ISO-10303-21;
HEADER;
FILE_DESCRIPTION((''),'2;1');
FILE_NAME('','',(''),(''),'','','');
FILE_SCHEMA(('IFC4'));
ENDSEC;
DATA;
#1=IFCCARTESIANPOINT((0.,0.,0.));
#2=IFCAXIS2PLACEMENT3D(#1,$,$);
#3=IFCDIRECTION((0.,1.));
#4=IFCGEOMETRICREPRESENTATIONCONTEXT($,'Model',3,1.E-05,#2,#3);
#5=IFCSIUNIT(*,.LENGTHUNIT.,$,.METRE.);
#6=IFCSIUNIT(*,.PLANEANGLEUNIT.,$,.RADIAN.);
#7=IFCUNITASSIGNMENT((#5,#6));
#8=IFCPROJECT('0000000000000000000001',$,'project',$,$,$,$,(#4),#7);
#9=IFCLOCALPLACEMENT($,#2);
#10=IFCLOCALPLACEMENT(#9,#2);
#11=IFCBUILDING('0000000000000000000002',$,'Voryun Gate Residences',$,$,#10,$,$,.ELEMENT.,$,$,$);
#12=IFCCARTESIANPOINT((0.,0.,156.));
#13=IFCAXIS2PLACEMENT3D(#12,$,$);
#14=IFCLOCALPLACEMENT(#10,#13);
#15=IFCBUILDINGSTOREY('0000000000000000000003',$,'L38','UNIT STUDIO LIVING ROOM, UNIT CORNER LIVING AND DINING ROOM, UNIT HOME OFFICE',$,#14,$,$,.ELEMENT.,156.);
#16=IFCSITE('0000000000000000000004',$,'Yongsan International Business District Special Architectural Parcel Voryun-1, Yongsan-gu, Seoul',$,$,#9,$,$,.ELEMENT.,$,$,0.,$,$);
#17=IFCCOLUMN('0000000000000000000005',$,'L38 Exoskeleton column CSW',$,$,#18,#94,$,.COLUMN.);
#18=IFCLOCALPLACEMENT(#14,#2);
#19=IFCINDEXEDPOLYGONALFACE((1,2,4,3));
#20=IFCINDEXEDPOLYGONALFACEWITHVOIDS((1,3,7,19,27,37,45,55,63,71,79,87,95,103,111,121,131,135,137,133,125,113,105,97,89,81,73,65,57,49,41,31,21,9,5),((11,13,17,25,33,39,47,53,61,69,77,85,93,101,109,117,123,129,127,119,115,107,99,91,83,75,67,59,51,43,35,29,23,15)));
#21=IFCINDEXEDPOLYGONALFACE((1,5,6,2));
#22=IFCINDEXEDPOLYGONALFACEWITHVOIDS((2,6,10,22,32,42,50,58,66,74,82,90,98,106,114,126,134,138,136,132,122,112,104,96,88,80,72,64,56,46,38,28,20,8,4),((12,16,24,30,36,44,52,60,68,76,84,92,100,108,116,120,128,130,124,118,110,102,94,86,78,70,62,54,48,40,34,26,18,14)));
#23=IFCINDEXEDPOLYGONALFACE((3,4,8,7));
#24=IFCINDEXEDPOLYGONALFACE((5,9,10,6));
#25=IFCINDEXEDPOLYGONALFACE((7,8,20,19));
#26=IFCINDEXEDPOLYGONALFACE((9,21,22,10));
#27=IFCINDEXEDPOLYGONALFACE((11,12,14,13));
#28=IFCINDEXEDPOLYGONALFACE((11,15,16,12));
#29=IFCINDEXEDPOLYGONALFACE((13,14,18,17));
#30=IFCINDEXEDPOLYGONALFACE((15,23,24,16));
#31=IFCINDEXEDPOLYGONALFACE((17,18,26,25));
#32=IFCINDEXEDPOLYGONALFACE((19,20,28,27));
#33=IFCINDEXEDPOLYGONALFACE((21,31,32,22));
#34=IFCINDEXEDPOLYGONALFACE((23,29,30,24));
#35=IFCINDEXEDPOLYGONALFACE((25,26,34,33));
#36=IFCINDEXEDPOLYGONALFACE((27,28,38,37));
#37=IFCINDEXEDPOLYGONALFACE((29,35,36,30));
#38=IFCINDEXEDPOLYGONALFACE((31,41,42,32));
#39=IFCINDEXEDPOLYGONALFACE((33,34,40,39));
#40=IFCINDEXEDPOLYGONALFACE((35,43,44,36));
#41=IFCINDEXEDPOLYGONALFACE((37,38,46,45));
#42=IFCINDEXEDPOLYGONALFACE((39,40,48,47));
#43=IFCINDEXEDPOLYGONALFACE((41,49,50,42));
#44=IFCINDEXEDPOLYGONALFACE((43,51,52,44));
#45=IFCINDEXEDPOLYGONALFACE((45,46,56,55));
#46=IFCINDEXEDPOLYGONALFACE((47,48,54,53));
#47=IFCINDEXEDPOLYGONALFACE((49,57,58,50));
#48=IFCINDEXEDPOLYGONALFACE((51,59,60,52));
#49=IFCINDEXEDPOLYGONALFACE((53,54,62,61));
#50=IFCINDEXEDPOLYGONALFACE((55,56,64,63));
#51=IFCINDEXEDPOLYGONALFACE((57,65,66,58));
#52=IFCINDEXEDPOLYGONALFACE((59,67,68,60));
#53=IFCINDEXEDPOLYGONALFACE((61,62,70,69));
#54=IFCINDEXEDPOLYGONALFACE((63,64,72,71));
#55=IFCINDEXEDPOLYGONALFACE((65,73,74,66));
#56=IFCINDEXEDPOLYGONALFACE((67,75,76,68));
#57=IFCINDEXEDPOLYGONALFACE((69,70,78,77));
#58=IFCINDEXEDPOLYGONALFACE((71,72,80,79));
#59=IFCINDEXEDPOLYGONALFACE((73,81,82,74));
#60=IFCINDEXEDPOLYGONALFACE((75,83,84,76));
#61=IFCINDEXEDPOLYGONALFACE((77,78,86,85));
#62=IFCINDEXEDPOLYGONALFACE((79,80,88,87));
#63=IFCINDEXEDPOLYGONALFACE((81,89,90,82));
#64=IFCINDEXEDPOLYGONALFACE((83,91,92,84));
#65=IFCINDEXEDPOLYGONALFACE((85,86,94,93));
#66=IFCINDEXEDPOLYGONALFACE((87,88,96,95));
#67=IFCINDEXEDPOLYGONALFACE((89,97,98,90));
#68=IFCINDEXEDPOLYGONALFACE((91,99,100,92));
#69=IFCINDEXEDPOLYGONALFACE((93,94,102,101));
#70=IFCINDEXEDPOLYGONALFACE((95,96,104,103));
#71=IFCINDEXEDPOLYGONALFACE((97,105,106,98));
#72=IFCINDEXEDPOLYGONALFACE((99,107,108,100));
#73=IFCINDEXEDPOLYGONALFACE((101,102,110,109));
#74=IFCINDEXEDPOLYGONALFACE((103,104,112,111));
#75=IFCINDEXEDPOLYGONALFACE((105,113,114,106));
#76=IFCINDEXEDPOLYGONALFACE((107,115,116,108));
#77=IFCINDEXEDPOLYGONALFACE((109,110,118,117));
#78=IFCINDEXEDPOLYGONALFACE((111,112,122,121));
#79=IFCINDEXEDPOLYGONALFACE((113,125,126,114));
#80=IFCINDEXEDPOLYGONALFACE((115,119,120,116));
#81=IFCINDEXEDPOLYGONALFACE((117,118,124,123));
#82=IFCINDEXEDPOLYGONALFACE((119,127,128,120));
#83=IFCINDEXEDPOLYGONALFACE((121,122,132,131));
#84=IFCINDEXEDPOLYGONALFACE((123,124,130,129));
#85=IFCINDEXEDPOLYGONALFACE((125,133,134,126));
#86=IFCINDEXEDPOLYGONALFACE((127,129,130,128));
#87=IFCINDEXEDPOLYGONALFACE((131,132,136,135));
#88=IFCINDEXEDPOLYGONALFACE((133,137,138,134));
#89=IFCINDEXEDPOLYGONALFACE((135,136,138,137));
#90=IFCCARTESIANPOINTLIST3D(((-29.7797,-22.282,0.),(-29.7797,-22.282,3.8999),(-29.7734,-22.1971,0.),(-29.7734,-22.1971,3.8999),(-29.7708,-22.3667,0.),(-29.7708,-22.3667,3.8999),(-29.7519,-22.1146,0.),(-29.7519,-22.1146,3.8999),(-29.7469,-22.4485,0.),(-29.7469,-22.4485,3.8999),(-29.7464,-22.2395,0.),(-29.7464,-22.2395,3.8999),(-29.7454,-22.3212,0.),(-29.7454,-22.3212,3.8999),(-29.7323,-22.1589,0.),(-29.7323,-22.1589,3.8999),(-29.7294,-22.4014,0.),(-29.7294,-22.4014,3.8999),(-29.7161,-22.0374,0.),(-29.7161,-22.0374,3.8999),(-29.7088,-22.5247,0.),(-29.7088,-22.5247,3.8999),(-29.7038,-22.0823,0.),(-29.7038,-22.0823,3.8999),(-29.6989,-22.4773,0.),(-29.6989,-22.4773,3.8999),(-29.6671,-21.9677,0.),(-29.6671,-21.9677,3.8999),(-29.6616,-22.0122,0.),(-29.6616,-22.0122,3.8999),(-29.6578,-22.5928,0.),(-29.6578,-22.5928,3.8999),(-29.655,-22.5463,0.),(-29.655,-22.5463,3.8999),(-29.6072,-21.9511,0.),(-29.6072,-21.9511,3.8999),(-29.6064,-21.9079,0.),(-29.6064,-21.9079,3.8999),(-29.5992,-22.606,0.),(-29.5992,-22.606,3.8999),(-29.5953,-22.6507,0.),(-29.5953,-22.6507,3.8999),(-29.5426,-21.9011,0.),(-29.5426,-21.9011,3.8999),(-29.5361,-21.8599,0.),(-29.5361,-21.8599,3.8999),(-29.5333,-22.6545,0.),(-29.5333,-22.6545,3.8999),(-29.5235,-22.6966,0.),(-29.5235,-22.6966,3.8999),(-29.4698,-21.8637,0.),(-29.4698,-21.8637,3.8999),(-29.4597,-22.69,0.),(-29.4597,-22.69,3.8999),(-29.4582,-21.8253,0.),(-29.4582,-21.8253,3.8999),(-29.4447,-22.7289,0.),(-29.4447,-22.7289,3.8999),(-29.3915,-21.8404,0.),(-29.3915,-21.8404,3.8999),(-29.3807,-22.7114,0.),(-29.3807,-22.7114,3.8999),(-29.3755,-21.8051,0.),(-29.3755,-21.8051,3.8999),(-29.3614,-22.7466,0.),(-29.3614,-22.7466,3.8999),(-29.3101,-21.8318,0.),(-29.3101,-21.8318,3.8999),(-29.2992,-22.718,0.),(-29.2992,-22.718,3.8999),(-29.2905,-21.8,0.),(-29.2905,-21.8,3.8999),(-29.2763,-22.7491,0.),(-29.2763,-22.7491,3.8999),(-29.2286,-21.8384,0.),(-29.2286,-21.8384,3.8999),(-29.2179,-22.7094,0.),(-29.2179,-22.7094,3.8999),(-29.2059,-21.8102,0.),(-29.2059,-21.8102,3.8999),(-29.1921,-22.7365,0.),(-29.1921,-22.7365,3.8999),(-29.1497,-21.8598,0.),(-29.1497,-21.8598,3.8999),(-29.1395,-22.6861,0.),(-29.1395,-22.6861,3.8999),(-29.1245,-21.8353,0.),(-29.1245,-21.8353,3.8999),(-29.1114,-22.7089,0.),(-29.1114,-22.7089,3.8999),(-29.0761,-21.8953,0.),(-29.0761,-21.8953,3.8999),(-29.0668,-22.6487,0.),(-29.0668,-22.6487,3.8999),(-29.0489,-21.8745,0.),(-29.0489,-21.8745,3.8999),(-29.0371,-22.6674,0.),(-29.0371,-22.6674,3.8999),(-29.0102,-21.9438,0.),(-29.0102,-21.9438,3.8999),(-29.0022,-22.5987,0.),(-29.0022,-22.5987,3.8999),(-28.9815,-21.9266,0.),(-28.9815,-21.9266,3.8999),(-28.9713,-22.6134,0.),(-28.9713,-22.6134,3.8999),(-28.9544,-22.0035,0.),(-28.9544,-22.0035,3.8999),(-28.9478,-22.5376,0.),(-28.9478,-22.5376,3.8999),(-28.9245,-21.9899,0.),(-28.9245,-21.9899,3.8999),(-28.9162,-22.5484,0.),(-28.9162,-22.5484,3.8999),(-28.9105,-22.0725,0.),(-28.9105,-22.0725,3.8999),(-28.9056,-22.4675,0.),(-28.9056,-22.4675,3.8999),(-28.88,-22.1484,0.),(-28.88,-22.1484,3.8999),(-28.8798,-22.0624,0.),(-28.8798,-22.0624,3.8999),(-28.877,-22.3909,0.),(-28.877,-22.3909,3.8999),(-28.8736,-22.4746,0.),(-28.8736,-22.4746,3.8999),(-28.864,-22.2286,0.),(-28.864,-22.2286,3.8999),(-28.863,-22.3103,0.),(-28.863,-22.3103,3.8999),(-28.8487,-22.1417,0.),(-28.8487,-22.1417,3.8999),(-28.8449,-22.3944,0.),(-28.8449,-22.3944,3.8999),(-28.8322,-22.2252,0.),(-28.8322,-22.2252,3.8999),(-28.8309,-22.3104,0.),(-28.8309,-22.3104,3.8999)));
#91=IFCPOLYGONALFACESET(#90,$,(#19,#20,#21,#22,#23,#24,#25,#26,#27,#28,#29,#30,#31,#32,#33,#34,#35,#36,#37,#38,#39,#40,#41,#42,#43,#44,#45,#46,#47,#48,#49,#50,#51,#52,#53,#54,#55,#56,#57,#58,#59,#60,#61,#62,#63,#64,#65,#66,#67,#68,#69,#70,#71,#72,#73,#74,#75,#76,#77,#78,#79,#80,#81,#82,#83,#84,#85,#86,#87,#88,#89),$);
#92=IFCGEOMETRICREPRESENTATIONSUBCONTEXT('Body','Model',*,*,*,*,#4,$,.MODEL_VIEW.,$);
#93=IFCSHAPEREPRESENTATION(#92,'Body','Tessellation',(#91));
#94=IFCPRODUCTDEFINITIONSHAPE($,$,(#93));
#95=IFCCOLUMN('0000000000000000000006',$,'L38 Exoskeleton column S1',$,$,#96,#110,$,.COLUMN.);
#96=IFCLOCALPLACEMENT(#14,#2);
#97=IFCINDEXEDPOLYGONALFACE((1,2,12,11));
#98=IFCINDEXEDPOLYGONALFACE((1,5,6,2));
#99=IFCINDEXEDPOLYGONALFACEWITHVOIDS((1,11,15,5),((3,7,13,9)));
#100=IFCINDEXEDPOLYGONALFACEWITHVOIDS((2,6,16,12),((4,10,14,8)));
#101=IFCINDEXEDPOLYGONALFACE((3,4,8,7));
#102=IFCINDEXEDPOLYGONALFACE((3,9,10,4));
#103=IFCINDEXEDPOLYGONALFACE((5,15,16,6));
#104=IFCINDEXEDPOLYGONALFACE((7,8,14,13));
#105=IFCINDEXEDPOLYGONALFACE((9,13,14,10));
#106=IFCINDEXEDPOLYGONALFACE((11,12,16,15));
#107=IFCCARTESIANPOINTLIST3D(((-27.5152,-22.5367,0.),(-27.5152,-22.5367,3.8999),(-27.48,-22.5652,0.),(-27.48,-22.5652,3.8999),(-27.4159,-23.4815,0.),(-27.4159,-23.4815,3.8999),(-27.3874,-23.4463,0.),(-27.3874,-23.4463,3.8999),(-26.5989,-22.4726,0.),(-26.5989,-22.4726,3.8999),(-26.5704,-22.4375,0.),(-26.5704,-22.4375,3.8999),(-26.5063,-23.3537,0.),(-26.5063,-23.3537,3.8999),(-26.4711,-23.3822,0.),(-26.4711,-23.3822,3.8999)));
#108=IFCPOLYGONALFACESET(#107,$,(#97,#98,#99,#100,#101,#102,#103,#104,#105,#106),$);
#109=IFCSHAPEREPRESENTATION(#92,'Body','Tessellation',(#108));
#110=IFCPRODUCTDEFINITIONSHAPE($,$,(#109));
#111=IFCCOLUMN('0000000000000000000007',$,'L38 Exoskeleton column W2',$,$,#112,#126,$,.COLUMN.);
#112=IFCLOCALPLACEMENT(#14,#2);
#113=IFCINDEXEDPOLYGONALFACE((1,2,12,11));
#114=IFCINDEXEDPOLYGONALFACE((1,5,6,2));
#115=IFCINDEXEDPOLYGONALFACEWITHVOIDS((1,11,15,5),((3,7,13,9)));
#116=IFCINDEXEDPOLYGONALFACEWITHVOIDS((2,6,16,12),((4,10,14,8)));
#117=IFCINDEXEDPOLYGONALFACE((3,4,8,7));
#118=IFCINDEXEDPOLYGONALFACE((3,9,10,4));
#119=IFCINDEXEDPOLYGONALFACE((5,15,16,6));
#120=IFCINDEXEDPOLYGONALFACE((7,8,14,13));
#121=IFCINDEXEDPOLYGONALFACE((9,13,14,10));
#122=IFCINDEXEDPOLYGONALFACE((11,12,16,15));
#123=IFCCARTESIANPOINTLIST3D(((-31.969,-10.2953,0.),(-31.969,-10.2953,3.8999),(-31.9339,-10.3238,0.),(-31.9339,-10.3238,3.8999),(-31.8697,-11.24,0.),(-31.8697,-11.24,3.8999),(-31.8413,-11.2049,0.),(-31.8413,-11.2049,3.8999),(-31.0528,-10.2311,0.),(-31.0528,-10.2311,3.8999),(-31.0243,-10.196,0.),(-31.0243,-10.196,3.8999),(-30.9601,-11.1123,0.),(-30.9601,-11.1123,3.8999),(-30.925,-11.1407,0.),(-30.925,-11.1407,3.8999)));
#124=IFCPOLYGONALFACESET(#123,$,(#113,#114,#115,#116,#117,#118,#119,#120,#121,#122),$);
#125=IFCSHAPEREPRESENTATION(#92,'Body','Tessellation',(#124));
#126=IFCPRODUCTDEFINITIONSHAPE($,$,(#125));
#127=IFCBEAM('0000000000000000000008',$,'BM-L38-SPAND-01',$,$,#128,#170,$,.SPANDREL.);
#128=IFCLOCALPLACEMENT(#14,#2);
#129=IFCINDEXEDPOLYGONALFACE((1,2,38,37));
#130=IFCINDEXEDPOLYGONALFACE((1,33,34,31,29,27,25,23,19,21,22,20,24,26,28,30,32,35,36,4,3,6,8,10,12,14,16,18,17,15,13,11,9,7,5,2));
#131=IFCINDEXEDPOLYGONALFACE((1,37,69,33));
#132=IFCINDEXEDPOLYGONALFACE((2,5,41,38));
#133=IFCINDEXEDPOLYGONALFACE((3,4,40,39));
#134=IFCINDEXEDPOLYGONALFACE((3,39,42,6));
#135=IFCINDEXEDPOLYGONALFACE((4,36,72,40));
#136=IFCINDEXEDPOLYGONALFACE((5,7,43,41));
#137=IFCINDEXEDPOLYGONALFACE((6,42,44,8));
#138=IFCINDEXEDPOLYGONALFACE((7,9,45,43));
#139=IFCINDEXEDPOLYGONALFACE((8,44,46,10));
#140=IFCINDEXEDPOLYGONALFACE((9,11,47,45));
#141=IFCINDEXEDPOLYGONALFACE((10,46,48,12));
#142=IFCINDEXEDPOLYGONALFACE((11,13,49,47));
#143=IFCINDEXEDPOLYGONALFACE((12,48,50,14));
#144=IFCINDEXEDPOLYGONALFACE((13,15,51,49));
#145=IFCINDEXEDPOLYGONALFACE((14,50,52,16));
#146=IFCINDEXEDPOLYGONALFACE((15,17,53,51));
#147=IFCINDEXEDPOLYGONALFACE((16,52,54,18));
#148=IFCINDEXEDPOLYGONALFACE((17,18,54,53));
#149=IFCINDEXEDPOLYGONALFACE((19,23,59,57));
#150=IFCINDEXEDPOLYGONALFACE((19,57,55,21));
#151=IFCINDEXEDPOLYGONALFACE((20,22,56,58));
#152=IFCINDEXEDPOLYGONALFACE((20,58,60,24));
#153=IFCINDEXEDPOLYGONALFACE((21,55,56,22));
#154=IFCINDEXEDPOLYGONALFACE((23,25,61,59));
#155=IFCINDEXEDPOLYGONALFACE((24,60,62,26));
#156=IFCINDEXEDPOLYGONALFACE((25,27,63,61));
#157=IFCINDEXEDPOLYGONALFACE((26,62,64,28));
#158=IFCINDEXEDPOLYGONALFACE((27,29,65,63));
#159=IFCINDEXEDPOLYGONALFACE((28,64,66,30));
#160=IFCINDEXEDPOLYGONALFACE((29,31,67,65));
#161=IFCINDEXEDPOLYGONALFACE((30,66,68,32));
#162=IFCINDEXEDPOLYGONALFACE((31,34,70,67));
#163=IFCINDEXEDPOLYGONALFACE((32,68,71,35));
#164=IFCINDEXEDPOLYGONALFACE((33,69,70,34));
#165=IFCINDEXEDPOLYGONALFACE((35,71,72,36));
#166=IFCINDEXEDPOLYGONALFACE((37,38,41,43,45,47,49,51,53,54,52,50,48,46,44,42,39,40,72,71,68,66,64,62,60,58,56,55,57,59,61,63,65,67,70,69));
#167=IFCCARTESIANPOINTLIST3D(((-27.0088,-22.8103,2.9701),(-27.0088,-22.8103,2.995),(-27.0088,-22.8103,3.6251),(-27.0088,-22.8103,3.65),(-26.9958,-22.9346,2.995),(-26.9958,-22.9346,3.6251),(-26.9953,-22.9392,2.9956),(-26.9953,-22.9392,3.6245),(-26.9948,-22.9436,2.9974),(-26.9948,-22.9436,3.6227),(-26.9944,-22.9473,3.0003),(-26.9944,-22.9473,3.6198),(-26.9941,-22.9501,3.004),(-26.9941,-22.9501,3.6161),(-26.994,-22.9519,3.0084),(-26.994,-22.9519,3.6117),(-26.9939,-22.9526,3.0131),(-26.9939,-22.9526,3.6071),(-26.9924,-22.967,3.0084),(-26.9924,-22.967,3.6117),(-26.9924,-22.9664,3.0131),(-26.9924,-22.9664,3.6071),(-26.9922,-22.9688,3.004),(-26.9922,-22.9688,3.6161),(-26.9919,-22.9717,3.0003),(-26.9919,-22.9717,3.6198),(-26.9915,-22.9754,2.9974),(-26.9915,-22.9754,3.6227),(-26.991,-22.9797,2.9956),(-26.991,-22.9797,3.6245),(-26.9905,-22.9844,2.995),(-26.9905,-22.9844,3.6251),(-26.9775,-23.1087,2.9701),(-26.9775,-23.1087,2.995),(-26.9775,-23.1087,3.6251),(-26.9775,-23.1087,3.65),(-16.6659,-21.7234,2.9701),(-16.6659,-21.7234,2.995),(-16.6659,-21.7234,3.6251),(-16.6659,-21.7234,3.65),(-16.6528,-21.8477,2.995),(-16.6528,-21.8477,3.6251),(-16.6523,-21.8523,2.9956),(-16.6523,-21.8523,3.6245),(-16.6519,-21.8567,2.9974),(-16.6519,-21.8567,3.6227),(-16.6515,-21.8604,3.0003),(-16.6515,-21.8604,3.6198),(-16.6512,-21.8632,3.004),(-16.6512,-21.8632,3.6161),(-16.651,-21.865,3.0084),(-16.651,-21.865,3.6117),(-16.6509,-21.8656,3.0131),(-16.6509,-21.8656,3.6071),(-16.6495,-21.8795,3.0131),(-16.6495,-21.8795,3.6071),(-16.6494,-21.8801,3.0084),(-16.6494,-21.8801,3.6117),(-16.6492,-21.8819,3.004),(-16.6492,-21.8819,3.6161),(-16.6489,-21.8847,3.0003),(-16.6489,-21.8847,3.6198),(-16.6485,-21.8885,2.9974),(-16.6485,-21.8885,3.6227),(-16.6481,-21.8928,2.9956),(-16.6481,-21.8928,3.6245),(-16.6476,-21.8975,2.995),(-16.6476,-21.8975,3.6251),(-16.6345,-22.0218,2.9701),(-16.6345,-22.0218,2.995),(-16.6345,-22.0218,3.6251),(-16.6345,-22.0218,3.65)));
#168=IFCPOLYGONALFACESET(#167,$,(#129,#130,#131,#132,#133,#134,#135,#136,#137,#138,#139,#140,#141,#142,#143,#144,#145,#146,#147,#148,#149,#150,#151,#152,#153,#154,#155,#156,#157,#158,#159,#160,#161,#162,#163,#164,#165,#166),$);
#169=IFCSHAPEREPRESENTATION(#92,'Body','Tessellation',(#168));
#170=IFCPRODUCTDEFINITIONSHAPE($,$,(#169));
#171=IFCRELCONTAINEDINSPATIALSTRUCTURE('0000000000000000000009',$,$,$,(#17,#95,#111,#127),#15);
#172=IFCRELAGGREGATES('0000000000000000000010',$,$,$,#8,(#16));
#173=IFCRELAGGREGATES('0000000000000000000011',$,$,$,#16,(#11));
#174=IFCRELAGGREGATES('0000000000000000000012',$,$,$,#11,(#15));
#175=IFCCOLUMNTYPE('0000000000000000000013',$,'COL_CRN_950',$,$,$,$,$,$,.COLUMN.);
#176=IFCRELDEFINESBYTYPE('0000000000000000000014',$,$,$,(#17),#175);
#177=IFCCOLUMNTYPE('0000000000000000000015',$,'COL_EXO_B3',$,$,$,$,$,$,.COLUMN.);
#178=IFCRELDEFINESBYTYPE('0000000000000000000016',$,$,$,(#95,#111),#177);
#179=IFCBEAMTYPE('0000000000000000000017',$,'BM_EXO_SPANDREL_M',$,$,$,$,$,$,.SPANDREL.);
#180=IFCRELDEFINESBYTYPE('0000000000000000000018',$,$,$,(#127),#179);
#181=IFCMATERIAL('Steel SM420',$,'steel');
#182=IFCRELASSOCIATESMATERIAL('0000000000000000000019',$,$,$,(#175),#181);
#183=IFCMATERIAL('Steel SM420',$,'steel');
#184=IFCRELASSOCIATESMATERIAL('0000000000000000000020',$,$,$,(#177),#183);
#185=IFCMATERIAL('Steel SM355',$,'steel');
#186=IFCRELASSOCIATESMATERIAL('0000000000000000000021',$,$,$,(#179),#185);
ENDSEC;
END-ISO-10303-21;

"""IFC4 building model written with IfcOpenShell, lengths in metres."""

from ifc_helpers import new_model, si_unit, direction, frame, origin, origin_2d, place, context, subcontext, project, spatial, hollow_rectangle, hollow_circle, i_section, extrude, material, material_profile, profile_set, type_object, element, save


model = new_model("IFC4")

# Units and contexts
model_context = context("Model", 3, precision=1e-05, world=origin(), true_north=direction((0.0, 1.0)))
body_context = subcontext(model_context, "Body", "Model", "MODEL_VIEW")
ifc_project = project(units=[si_unit("LENGTHUNIT", "METRE"), si_unit("PLANEANGLEUNIT", "RADIAN")], contexts=[model_context])

# Site, building, storey
site_placement = place(None, origin())
site = spatial("IfcSite", under=ifc_project, at=site_placement, Name="Yongsan International Business District Special Architectural Parcel Voryun-1, Yongsan-gu, Seoul", CompositionType="ELEMENT", RefElevation=0.0)
building_placement = place(site_placement, origin())
building = spatial("IfcBuilding", under=site, at=building_placement, Name="Voryun Gate Residences", CompositionType="ELEMENT")
storey_placement = place(building_placement, frame((0.0, 0.0, 156.0)))
storey = spatial("IfcBuildingStorey", under=building, at=storey_placement, Name="L38", Description="UNIT STUDIO LIVING ROOM, UNIT CORNER LIVING AND DINING ROOM, UNIT HOME OFFICE", CompositionType="ELEMENT", Elevation=156.0)

# Columns
ifc_material_1 = material(Name="Steel SM420", Category="steel")
ifc_material_profile_1 = material_profile(ifc_material_1, hollow_circle(Radius=0.4751, WallThickness=0.032, at=origin_2d()), Name="CHS-950x32")
ifc_profile_set_1 = profile_set([ifc_material_profile_1], Name="Steel SM420")
column_type_1 = type_object("IfcColumnType", Name="COL_CRN_950", PredefinedType="COLUMN", material=ifc_profile_set_1)
column_placement = place(storey_placement, frame((-29.3047, -22.2749, 0.0), z_axis=(0.0, 0.0, 1.0), x_axis=(0.994522, 0.104528, 0.0)))
element("IfcColumn", 1, at=column_placement, inside=storey, type_object=column_type_1, Name="L38 Exoskeleton column CSW", PredefinedType="COLUMN", context=body_context, shape_type="SweptSolid", body=[
    extrude(hollow_circle(Radius=0.4751, WallThickness=0.032, at=origin_2d()), origin(), (0.0, 0.0, 1.0), 3.8999),
])
ifc_material_2 = material(Name="Steel SM420", Category="steel")
ifc_material_profile_2 = material_profile(ifc_material_2, hollow_rectangle(XDim=0.95, YDim=0.95, WallThickness=0.032, at=origin_2d()), Name="BOX-950x950x32")
ifc_profile_set_2 = profile_set([ifc_material_profile_2], Name="Steel SM420")
column_type_2 = type_object("IfcColumnType", Name="COL_EXO_B3", PredefinedType="COLUMN", material=ifc_profile_set_2)
for number, where, z_axis, x_axis, name in (
    (2, (-26.9932, -22.9595, 0.0), (0.0, 0.0, 1.0), (0.994522, 0.104528, 0.0), "L38 Exoskeleton column S1"),
    (3, (-31.447, -10.718, 0.0), (0.0, 0.0, 1.0), (0.994522, 0.104528, 0.0), "L38 Exoskeleton column W2"),
):
    element("IfcColumn", number, at=place(storey_placement, frame(where, z_axis=z_axis, x_axis=x_axis)), inside=storey, type_object=column_type_2, Name=name, PredefinedType="COLUMN", context=body_context, shape_type="SweptSolid", body=[
        extrude(hollow_rectangle(XDim=0.95, YDim=0.95, WallThickness=0.032, at=origin_2d()), origin(), (0.0, 0.0, 1.0), 3.8999),
    ])

# Beam
ifc_material_3 = material(Name="Steel SM355", Category="steel")
ifc_material_profile_3 = material_profile(ifc_material_3, i_section(OverallWidth=0.3, OverallDepth=0.6799, WebThickness=0.0139, FlangeThickness=0.0249, FilletRadius=0.0181, at=origin_2d()), Name="H-680x300x14x25")
ifc_profile_set_3 = profile_set([ifc_material_profile_3], Name="Steel SM355")
beam_type = type_object("IfcBeamType", Name="BM_EXO_SPANDREL_M", PredefinedType="SPANDREL", material=ifc_profile_set_3)
beam_1_placement = place(storey_placement, frame((-26.9932, -22.9595, 3.3101), z_axis=(0.994524, 0.104511, 0.0), x_axis=(-0.104511, 0.994524, 0.0)))
element("IfcBeam", 4, at=beam_1_placement, inside=storey, type_object=beam_type, Name="BM-L38-SPAND-01", PredefinedType="SPANDREL", context=body_context, shape_type="SweptSolid", body=[
    extrude(i_section(OverallWidth=0.3, OverallDepth=0.6799, WebThickness=0.0139, FlangeThickness=0.0249, FilletRadius=0.0181, at=origin_2d()), origin(), (0.0, 0.0, 1.0), 10.3999),
])

save(model, "model.ifc")
